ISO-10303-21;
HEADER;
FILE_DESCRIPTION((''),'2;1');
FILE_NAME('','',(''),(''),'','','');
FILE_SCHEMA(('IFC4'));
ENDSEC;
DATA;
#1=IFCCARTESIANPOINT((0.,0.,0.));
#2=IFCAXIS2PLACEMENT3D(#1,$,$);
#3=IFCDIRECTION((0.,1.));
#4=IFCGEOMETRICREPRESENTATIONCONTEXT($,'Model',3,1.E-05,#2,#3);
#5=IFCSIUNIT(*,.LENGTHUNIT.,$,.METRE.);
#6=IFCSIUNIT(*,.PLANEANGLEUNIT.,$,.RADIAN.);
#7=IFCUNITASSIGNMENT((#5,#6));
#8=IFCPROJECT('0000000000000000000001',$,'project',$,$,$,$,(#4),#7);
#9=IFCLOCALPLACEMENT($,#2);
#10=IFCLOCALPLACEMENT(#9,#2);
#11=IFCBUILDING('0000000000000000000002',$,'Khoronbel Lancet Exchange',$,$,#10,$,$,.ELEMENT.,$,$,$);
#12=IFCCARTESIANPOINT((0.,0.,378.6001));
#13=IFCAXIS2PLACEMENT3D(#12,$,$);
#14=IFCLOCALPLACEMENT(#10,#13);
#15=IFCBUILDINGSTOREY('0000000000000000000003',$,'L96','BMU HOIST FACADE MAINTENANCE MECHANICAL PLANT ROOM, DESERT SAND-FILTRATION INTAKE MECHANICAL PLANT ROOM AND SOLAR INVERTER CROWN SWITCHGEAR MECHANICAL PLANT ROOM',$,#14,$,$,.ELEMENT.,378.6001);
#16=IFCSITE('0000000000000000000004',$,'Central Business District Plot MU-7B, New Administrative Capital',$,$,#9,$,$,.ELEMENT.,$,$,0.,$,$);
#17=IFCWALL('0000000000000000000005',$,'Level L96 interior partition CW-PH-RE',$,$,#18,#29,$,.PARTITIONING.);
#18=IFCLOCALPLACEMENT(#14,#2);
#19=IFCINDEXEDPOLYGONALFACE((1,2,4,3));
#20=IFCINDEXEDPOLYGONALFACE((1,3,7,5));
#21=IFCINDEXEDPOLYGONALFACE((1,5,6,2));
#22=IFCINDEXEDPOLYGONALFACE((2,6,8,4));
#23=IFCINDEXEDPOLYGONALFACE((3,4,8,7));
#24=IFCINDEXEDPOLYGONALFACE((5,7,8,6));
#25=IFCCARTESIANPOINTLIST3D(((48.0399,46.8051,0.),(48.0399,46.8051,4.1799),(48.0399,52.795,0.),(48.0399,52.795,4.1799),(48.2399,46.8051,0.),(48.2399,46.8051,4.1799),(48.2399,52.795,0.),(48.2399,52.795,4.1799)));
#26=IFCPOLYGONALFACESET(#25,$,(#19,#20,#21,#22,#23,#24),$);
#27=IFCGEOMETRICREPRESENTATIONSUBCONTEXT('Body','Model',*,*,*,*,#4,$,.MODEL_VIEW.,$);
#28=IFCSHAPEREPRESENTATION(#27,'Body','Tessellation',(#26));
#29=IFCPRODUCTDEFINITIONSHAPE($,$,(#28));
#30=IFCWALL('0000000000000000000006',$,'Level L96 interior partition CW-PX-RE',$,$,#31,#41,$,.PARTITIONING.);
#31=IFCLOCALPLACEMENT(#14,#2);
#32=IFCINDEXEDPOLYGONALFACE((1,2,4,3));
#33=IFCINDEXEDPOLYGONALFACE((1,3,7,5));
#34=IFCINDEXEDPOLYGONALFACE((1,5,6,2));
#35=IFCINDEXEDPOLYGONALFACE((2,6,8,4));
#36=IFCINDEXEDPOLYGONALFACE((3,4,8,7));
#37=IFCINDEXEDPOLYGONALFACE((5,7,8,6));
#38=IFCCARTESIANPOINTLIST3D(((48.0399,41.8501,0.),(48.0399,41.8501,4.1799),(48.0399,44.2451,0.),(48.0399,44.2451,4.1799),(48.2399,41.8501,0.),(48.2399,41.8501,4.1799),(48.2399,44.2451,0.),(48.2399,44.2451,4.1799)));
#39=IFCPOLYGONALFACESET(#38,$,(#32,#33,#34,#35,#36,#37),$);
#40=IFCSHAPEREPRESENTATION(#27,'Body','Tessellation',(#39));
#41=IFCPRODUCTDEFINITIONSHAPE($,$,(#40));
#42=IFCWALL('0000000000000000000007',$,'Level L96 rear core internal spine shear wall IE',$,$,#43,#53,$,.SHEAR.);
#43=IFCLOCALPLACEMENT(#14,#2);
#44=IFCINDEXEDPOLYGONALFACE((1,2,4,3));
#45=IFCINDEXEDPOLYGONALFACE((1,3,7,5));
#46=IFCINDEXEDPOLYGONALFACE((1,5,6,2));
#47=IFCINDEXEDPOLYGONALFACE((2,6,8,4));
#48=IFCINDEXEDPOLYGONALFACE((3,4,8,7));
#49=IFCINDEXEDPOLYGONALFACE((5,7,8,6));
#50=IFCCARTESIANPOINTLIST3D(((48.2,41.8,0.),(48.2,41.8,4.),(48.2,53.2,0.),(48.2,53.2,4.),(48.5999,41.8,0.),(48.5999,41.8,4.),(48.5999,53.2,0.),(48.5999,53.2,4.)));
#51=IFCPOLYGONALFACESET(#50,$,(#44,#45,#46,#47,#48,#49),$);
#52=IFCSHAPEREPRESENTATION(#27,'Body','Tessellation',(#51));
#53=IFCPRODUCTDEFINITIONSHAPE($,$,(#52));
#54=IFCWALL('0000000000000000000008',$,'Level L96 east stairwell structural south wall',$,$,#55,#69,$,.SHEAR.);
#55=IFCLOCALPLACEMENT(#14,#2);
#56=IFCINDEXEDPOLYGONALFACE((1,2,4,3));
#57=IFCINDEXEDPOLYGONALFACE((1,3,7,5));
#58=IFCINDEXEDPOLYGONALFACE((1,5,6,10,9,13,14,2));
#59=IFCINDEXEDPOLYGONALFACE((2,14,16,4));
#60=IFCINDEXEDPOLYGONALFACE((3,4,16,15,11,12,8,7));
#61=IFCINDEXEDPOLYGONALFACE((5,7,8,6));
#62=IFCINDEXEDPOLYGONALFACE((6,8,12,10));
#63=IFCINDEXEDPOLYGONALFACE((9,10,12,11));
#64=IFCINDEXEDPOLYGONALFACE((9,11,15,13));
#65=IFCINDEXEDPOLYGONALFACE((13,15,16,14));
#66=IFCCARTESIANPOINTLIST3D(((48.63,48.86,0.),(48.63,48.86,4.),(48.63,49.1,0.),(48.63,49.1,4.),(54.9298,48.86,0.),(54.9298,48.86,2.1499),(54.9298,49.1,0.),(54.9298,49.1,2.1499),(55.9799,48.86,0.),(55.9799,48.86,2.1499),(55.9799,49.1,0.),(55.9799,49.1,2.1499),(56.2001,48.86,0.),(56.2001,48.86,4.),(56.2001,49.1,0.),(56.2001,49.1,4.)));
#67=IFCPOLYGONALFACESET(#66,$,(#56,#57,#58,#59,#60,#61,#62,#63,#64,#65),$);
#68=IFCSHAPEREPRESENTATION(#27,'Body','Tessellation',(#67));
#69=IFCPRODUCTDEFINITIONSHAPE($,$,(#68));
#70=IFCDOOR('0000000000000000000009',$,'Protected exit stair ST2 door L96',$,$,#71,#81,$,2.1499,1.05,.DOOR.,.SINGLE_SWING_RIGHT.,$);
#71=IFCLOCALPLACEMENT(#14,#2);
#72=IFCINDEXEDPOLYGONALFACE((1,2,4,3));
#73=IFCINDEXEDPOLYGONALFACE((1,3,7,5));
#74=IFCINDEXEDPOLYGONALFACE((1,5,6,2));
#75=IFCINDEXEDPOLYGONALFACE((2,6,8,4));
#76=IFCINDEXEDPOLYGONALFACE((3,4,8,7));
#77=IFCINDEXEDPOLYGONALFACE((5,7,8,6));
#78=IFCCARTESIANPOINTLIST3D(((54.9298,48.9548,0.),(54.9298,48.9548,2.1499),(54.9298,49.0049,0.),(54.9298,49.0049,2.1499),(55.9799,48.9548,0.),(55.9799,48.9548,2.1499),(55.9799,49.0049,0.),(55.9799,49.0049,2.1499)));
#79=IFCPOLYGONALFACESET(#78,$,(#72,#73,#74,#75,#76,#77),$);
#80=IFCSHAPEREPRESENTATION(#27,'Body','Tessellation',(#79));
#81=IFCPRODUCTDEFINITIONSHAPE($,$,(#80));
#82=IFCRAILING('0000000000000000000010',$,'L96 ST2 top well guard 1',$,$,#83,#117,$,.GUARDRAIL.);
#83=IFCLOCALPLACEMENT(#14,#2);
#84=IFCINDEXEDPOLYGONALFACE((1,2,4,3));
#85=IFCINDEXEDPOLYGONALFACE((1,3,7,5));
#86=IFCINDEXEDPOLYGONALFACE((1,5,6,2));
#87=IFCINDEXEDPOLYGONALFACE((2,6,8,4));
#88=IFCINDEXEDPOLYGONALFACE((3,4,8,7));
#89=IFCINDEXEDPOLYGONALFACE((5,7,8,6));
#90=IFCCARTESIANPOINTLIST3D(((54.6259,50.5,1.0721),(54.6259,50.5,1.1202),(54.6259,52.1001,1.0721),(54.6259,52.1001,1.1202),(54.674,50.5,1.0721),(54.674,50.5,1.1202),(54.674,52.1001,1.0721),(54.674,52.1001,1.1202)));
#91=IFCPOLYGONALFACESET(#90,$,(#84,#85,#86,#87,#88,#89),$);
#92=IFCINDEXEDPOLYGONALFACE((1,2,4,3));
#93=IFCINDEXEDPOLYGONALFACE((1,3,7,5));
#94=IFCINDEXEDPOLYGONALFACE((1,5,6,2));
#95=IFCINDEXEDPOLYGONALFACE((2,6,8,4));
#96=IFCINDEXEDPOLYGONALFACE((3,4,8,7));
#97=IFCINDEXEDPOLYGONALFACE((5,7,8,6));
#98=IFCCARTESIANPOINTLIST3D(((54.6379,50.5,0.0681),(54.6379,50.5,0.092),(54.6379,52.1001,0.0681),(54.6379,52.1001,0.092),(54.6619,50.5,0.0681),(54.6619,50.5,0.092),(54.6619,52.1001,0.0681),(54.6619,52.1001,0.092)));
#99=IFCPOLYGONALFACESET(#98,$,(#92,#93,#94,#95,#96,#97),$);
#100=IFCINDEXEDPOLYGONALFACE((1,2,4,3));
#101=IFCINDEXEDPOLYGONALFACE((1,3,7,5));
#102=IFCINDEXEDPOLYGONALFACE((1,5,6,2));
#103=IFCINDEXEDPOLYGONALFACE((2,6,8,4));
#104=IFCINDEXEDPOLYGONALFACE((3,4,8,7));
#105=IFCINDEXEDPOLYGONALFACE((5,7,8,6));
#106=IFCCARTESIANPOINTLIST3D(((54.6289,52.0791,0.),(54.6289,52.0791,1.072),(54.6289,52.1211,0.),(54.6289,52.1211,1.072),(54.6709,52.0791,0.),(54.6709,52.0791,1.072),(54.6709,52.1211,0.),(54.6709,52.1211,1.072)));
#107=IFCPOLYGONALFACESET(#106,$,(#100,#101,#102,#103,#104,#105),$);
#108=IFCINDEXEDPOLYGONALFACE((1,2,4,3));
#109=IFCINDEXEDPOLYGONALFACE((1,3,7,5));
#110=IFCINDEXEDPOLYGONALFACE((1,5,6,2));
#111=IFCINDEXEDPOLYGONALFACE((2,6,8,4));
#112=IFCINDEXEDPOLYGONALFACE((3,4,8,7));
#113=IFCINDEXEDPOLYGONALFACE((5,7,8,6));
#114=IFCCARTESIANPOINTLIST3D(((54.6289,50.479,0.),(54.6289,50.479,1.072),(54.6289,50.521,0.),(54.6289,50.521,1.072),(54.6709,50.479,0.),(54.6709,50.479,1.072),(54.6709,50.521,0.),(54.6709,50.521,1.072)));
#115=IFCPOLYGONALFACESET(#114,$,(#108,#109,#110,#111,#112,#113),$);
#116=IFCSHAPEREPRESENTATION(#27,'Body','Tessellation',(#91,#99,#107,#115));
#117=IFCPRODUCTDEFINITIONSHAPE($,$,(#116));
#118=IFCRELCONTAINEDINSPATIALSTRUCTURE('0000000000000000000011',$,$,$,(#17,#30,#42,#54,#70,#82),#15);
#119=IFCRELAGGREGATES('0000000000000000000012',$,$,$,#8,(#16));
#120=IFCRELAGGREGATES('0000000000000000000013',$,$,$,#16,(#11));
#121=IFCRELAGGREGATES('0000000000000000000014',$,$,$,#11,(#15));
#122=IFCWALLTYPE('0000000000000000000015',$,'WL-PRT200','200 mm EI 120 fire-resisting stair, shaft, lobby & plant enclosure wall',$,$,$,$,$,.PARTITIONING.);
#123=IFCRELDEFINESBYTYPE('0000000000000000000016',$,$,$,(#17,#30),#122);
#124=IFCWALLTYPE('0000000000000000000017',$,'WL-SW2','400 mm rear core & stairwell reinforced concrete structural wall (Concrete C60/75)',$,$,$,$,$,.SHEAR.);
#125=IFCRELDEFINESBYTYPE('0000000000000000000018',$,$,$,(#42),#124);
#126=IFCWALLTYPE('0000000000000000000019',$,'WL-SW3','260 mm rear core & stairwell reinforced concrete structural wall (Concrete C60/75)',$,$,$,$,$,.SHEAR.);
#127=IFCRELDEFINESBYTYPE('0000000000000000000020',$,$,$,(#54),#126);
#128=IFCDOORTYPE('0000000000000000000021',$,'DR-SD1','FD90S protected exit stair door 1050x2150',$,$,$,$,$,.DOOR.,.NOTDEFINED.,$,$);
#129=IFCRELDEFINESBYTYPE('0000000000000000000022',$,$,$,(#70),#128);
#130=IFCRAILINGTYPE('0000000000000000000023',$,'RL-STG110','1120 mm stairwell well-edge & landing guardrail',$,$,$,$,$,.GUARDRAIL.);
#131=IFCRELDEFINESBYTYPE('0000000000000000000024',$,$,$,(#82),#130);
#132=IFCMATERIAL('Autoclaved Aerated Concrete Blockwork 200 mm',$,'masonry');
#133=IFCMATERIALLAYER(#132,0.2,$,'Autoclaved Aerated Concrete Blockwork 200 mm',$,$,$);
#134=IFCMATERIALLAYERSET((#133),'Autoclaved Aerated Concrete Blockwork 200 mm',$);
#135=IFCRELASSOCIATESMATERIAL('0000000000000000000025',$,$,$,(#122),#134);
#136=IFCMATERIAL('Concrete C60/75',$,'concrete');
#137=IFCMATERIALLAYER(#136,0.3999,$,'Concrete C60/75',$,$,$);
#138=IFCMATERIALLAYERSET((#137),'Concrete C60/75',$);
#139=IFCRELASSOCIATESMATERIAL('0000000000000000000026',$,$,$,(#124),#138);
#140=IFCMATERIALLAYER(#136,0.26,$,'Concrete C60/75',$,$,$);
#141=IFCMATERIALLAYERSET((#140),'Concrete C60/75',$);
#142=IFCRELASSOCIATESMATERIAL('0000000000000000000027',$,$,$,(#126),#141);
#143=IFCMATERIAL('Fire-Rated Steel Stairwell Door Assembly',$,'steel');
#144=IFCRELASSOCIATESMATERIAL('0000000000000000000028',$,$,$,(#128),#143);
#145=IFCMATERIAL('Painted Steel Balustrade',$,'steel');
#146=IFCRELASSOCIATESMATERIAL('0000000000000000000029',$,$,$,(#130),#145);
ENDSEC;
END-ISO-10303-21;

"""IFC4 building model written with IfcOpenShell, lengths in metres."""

from ifc_helpers import new_model, si_unit, direction, frame, frame_2d, origin, origin_2d, place, context, subcontext, project, spatial, rectangle, extrude, material, layer, layer_set, type_object, element, fill, save


model = new_model("IFC4")

# Units and contexts
model_context = context("Model", 3, precision=1e-05, world=origin(), true_north=direction((0.0, 1.0)))
body_context = subcontext(model_context, "Body", "Model", "MODEL_VIEW")
ifc_project = project(units=[si_unit("LENGTHUNIT", "METRE"), si_unit("PLANEANGLEUNIT", "RADIAN")], contexts=[model_context])

# Site, building, storey
site_placement = place(None, origin())
site = spatial("IfcSite", under=ifc_project, at=site_placement, Name="Central Business District Plot MU-7B, New Administrative Capital", CompositionType="ELEMENT", RefElevation=0.0)
building_placement = place(site_placement, origin())
building = spatial("IfcBuilding", under=site, at=building_placement, Name="Khoronbel Lancet Exchange", CompositionType="ELEMENT")
storey_placement = place(building_placement, frame((0.0, 0.0, 378.6001)))
storey = spatial("IfcBuildingStorey", under=building, at=storey_placement, Name="L96", Description="BMU HOIST FACADE MAINTENANCE MECHANICAL PLANT ROOM, DESERT SAND-FILTRATION INTAKE MECHANICAL PLANT ROOM AND SOLAR INVERTER CROWN SWITCHGEAR MECHANICAL PLANT ROOM", CompositionType="ELEMENT", Elevation=378.6001)

# Shared definitions
ifc_material_1 = material(Name="Concrete C60/75", Category="concrete")

# Shared definitions
ifc_material_2 = material(Name="Autoclaved Aerated Concrete Blockwork 200 mm", Category="masonry")
ifc_layer_1 = layer(ifc_material_2, 0.2, Name="Autoclaved Aerated Concrete Blockwork 200 mm")
ifc_layer_set_1 = layer_set([ifc_layer_1], Name="Autoclaved Aerated Concrete Blockwork 200 mm")
wall_type_1 = type_object("IfcWallType", Name="WL-PRT200", Description="200 mm EI 120 fire-resisting stair, shaft, lobby & plant enclosure wall", PredefinedType="PARTITIONING", material=ifc_layer_set_1)

# Walls
wall_1_placement = place(storey_placement, frame((48.1399, 46.8049, 0.0), z_axis=(0.0, 0.0, 1.0), x_axis=(0.0, 1.0, 0.0)))
element("IfcWall", 1, at=wall_1_placement, inside=storey, type_object=wall_type_1, Name="Level L96 interior partition CW-PH-RE", PredefinedType="PARTITIONING", context=body_context, shape_type="SweptSolid", body=[
    extrude(rectangle(XDim=5.99, YDim=0.2, at=frame_2d((2.9951, 0.0))), origin(), (0.0, 0.0, 1.0), 4.1799),
])
wall_2_placement = place(storey_placement, frame((48.1399, 41.8501, 0.0), z_axis=(0.0, 0.0, 1.0), x_axis=(0.0, 1.0, 0.0)))
element("IfcWall", 2, at=wall_2_placement, inside=storey, type_object=wall_type_1, Name="Level L96 interior partition CW-PX-RE", PredefinedType="PARTITIONING", context=body_context, shape_type="SweptSolid", body=[
    extrude(rectangle(XDim=2.395, YDim=0.2, at=frame_2d((1.1975, 0.0))), origin(), (0.0, 0.0, 1.0), 4.1799),
])
ifc_layer_2 = layer(ifc_material_1, 0.3999, Name="Concrete C60/75")
ifc_layer_set_2 = layer_set([ifc_layer_2], Name="Concrete C60/75")
wall_type_2 = type_object("IfcWallType", Name="WL-SW2", Description="400 mm rear core & stairwell reinforced concrete structural wall (Concrete C60/75)", PredefinedType="SHEAR", material=ifc_layer_set_2)
wall_3_placement = place(storey_placement, frame((48.3999, 41.8, 0.0), z_axis=(0.0, 0.0, 1.0), x_axis=(0.0, 1.0, 0.0)))
element("IfcWall", 3, at=wall_3_placement, inside=storey, type_object=wall_type_2, Name="Level L96 rear core internal spine shear wall IE", PredefinedType="SHEAR", context=body_context, shape_type="SweptSolid", body=[
    extrude(rectangle(XDim=11.3999, YDim=0.3999, at=frame_2d((5.7, 0.0))), origin(), (0.0, 0.0, 1.0), 4.0),
])

# Wall, opening, door
ifc_layer_3 = layer(ifc_material_1, 0.26, Name="Concrete C60/75")
ifc_layer_set_3 = layer_set([ifc_layer_3], Name="Concrete C60/75")
wall_type_3 = type_object("IfcWallType", Name="WL-SW3", Description="260 mm rear core & stairwell reinforced concrete structural wall (Concrete C60/75)", PredefinedType="SHEAR", material=ifc_layer_set_3)
wall_4_placement = place(storey_placement, frame((48.6299, 48.98, 0.0), z_axis=(0.0, 0.0, 1.0), x_axis=(1.0, 0.0, 0.0)))
wall_4 = element("IfcWall", 4, at=wall_4_placement, inside=storey, type_object=wall_type_3, Name="Level L96 east stairwell structural south wall", PredefinedType="SHEAR", context=body_context, shape_type="SweptSolid", body=[
    extrude(rectangle(XDim=7.5701, YDim=0.24, at=frame_2d((3.7852, 0.0))), origin(), (0.0, 0.0, 1.0), 4.0),
])
opening_1_placement = place(wall_4_placement, frame((6.3, 0.0, 0.0)))
opening_1 = element("IfcOpeningElement", 5, at=opening_1_placement, cuts=wall_4, PredefinedType="OPENING", context=body_context, shape_type="SweptSolid", body=[
    extrude(rectangle(XDim=1.05, YDim=2.1499, at=frame_2d((0.5249, 1.075))), frame((0.0, 0.1299, 0.0), z_axis=(0.0, -1.0, 0.0), x_axis=(1.0, 0.0, 0.0)), (0.0, 0.0, 1.0), 0.26),
])
ifc_material_3 = material(Name="Fire-Rated Steel Stairwell Door Assembly", Category="steel")
door_type_1 = type_object("IfcDoorType", Name="DR-SD1", Description="FD90S protected exit stair door 1050x2150", OperationType="NOTDEFINED", PredefinedType="DOOR", material=ifc_material_3)
door_1_placement = place(opening_1_placement, origin())
door_1 = element("IfcDoor", 6, at=door_1_placement, inside=storey, type_object=door_type_1, Name="Protected exit stair ST2 door L96", OperationType="SINGLE_SWING_RIGHT", OverallHeight=2.1499, OverallWidth=1.05, PredefinedType="DOOR", context=body_context, shape_type="SweptSolid", body=[
    extrude(rectangle(XDim=1.05, YDim=2.1499, at=frame_2d((0.5249, 1.075))), frame((0.0, 0.0249, 0.0), z_axis=(0.0, -1.0, 0.0), x_axis=(1.0, 0.0, 0.0)), (0.0, 0.0, 1.0), 0.05),
])
fill(opening_1, door_1)

# Railing
ifc_material_4 = material(Name="Painted Steel Balustrade", Category="steel")
railing_type = type_object("IfcRailingType", Name="RL-STG110", Description="1120 mm stairwell well-edge & landing guardrail", PredefinedType="GUARDRAIL", material=ifc_material_4)
railing_placement = place(storey_placement, frame((54.6499, 52.1001, 0.0)))
element("IfcRailing", 7, at=railing_placement, inside=storey, type_object=railing_type, Name="L96 ST2 top well guard 1", PredefinedType="GUARDRAIL", context=body_context, shape_type="SweptSolid", body=[
    extrude(rectangle(XDim=0.0481, YDim=0.0481, at=origin_2d()), frame((0.0, 0.0, 1.0962), z_axis=(0.0, -1.0, 0.0), x_axis=(1.0, 0.0, 0.0)), (0.0, 0.0, 1.0), 1.6001),
    extrude(rectangle(XDim=0.0239, YDim=0.0239, at=origin_2d()), frame((0.0, 0.0, 0.0801), z_axis=(0.0, -1.0, 0.0), x_axis=(1.0, 0.0, 0.0)), (0.0, 0.0, 1.0), 1.6001),
    extrude(rectangle(XDim=0.042, YDim=0.042, at=origin_2d()), origin(), (0.0, 0.0, 1.0), 1.072),
    extrude(rectangle(XDim=0.042, YDim=0.042, at=origin_2d()), frame((0.0, -1.6001, 0.0)), (0.0, 0.0, 1.0), 1.072),
])

save(model, "model.ifc")
